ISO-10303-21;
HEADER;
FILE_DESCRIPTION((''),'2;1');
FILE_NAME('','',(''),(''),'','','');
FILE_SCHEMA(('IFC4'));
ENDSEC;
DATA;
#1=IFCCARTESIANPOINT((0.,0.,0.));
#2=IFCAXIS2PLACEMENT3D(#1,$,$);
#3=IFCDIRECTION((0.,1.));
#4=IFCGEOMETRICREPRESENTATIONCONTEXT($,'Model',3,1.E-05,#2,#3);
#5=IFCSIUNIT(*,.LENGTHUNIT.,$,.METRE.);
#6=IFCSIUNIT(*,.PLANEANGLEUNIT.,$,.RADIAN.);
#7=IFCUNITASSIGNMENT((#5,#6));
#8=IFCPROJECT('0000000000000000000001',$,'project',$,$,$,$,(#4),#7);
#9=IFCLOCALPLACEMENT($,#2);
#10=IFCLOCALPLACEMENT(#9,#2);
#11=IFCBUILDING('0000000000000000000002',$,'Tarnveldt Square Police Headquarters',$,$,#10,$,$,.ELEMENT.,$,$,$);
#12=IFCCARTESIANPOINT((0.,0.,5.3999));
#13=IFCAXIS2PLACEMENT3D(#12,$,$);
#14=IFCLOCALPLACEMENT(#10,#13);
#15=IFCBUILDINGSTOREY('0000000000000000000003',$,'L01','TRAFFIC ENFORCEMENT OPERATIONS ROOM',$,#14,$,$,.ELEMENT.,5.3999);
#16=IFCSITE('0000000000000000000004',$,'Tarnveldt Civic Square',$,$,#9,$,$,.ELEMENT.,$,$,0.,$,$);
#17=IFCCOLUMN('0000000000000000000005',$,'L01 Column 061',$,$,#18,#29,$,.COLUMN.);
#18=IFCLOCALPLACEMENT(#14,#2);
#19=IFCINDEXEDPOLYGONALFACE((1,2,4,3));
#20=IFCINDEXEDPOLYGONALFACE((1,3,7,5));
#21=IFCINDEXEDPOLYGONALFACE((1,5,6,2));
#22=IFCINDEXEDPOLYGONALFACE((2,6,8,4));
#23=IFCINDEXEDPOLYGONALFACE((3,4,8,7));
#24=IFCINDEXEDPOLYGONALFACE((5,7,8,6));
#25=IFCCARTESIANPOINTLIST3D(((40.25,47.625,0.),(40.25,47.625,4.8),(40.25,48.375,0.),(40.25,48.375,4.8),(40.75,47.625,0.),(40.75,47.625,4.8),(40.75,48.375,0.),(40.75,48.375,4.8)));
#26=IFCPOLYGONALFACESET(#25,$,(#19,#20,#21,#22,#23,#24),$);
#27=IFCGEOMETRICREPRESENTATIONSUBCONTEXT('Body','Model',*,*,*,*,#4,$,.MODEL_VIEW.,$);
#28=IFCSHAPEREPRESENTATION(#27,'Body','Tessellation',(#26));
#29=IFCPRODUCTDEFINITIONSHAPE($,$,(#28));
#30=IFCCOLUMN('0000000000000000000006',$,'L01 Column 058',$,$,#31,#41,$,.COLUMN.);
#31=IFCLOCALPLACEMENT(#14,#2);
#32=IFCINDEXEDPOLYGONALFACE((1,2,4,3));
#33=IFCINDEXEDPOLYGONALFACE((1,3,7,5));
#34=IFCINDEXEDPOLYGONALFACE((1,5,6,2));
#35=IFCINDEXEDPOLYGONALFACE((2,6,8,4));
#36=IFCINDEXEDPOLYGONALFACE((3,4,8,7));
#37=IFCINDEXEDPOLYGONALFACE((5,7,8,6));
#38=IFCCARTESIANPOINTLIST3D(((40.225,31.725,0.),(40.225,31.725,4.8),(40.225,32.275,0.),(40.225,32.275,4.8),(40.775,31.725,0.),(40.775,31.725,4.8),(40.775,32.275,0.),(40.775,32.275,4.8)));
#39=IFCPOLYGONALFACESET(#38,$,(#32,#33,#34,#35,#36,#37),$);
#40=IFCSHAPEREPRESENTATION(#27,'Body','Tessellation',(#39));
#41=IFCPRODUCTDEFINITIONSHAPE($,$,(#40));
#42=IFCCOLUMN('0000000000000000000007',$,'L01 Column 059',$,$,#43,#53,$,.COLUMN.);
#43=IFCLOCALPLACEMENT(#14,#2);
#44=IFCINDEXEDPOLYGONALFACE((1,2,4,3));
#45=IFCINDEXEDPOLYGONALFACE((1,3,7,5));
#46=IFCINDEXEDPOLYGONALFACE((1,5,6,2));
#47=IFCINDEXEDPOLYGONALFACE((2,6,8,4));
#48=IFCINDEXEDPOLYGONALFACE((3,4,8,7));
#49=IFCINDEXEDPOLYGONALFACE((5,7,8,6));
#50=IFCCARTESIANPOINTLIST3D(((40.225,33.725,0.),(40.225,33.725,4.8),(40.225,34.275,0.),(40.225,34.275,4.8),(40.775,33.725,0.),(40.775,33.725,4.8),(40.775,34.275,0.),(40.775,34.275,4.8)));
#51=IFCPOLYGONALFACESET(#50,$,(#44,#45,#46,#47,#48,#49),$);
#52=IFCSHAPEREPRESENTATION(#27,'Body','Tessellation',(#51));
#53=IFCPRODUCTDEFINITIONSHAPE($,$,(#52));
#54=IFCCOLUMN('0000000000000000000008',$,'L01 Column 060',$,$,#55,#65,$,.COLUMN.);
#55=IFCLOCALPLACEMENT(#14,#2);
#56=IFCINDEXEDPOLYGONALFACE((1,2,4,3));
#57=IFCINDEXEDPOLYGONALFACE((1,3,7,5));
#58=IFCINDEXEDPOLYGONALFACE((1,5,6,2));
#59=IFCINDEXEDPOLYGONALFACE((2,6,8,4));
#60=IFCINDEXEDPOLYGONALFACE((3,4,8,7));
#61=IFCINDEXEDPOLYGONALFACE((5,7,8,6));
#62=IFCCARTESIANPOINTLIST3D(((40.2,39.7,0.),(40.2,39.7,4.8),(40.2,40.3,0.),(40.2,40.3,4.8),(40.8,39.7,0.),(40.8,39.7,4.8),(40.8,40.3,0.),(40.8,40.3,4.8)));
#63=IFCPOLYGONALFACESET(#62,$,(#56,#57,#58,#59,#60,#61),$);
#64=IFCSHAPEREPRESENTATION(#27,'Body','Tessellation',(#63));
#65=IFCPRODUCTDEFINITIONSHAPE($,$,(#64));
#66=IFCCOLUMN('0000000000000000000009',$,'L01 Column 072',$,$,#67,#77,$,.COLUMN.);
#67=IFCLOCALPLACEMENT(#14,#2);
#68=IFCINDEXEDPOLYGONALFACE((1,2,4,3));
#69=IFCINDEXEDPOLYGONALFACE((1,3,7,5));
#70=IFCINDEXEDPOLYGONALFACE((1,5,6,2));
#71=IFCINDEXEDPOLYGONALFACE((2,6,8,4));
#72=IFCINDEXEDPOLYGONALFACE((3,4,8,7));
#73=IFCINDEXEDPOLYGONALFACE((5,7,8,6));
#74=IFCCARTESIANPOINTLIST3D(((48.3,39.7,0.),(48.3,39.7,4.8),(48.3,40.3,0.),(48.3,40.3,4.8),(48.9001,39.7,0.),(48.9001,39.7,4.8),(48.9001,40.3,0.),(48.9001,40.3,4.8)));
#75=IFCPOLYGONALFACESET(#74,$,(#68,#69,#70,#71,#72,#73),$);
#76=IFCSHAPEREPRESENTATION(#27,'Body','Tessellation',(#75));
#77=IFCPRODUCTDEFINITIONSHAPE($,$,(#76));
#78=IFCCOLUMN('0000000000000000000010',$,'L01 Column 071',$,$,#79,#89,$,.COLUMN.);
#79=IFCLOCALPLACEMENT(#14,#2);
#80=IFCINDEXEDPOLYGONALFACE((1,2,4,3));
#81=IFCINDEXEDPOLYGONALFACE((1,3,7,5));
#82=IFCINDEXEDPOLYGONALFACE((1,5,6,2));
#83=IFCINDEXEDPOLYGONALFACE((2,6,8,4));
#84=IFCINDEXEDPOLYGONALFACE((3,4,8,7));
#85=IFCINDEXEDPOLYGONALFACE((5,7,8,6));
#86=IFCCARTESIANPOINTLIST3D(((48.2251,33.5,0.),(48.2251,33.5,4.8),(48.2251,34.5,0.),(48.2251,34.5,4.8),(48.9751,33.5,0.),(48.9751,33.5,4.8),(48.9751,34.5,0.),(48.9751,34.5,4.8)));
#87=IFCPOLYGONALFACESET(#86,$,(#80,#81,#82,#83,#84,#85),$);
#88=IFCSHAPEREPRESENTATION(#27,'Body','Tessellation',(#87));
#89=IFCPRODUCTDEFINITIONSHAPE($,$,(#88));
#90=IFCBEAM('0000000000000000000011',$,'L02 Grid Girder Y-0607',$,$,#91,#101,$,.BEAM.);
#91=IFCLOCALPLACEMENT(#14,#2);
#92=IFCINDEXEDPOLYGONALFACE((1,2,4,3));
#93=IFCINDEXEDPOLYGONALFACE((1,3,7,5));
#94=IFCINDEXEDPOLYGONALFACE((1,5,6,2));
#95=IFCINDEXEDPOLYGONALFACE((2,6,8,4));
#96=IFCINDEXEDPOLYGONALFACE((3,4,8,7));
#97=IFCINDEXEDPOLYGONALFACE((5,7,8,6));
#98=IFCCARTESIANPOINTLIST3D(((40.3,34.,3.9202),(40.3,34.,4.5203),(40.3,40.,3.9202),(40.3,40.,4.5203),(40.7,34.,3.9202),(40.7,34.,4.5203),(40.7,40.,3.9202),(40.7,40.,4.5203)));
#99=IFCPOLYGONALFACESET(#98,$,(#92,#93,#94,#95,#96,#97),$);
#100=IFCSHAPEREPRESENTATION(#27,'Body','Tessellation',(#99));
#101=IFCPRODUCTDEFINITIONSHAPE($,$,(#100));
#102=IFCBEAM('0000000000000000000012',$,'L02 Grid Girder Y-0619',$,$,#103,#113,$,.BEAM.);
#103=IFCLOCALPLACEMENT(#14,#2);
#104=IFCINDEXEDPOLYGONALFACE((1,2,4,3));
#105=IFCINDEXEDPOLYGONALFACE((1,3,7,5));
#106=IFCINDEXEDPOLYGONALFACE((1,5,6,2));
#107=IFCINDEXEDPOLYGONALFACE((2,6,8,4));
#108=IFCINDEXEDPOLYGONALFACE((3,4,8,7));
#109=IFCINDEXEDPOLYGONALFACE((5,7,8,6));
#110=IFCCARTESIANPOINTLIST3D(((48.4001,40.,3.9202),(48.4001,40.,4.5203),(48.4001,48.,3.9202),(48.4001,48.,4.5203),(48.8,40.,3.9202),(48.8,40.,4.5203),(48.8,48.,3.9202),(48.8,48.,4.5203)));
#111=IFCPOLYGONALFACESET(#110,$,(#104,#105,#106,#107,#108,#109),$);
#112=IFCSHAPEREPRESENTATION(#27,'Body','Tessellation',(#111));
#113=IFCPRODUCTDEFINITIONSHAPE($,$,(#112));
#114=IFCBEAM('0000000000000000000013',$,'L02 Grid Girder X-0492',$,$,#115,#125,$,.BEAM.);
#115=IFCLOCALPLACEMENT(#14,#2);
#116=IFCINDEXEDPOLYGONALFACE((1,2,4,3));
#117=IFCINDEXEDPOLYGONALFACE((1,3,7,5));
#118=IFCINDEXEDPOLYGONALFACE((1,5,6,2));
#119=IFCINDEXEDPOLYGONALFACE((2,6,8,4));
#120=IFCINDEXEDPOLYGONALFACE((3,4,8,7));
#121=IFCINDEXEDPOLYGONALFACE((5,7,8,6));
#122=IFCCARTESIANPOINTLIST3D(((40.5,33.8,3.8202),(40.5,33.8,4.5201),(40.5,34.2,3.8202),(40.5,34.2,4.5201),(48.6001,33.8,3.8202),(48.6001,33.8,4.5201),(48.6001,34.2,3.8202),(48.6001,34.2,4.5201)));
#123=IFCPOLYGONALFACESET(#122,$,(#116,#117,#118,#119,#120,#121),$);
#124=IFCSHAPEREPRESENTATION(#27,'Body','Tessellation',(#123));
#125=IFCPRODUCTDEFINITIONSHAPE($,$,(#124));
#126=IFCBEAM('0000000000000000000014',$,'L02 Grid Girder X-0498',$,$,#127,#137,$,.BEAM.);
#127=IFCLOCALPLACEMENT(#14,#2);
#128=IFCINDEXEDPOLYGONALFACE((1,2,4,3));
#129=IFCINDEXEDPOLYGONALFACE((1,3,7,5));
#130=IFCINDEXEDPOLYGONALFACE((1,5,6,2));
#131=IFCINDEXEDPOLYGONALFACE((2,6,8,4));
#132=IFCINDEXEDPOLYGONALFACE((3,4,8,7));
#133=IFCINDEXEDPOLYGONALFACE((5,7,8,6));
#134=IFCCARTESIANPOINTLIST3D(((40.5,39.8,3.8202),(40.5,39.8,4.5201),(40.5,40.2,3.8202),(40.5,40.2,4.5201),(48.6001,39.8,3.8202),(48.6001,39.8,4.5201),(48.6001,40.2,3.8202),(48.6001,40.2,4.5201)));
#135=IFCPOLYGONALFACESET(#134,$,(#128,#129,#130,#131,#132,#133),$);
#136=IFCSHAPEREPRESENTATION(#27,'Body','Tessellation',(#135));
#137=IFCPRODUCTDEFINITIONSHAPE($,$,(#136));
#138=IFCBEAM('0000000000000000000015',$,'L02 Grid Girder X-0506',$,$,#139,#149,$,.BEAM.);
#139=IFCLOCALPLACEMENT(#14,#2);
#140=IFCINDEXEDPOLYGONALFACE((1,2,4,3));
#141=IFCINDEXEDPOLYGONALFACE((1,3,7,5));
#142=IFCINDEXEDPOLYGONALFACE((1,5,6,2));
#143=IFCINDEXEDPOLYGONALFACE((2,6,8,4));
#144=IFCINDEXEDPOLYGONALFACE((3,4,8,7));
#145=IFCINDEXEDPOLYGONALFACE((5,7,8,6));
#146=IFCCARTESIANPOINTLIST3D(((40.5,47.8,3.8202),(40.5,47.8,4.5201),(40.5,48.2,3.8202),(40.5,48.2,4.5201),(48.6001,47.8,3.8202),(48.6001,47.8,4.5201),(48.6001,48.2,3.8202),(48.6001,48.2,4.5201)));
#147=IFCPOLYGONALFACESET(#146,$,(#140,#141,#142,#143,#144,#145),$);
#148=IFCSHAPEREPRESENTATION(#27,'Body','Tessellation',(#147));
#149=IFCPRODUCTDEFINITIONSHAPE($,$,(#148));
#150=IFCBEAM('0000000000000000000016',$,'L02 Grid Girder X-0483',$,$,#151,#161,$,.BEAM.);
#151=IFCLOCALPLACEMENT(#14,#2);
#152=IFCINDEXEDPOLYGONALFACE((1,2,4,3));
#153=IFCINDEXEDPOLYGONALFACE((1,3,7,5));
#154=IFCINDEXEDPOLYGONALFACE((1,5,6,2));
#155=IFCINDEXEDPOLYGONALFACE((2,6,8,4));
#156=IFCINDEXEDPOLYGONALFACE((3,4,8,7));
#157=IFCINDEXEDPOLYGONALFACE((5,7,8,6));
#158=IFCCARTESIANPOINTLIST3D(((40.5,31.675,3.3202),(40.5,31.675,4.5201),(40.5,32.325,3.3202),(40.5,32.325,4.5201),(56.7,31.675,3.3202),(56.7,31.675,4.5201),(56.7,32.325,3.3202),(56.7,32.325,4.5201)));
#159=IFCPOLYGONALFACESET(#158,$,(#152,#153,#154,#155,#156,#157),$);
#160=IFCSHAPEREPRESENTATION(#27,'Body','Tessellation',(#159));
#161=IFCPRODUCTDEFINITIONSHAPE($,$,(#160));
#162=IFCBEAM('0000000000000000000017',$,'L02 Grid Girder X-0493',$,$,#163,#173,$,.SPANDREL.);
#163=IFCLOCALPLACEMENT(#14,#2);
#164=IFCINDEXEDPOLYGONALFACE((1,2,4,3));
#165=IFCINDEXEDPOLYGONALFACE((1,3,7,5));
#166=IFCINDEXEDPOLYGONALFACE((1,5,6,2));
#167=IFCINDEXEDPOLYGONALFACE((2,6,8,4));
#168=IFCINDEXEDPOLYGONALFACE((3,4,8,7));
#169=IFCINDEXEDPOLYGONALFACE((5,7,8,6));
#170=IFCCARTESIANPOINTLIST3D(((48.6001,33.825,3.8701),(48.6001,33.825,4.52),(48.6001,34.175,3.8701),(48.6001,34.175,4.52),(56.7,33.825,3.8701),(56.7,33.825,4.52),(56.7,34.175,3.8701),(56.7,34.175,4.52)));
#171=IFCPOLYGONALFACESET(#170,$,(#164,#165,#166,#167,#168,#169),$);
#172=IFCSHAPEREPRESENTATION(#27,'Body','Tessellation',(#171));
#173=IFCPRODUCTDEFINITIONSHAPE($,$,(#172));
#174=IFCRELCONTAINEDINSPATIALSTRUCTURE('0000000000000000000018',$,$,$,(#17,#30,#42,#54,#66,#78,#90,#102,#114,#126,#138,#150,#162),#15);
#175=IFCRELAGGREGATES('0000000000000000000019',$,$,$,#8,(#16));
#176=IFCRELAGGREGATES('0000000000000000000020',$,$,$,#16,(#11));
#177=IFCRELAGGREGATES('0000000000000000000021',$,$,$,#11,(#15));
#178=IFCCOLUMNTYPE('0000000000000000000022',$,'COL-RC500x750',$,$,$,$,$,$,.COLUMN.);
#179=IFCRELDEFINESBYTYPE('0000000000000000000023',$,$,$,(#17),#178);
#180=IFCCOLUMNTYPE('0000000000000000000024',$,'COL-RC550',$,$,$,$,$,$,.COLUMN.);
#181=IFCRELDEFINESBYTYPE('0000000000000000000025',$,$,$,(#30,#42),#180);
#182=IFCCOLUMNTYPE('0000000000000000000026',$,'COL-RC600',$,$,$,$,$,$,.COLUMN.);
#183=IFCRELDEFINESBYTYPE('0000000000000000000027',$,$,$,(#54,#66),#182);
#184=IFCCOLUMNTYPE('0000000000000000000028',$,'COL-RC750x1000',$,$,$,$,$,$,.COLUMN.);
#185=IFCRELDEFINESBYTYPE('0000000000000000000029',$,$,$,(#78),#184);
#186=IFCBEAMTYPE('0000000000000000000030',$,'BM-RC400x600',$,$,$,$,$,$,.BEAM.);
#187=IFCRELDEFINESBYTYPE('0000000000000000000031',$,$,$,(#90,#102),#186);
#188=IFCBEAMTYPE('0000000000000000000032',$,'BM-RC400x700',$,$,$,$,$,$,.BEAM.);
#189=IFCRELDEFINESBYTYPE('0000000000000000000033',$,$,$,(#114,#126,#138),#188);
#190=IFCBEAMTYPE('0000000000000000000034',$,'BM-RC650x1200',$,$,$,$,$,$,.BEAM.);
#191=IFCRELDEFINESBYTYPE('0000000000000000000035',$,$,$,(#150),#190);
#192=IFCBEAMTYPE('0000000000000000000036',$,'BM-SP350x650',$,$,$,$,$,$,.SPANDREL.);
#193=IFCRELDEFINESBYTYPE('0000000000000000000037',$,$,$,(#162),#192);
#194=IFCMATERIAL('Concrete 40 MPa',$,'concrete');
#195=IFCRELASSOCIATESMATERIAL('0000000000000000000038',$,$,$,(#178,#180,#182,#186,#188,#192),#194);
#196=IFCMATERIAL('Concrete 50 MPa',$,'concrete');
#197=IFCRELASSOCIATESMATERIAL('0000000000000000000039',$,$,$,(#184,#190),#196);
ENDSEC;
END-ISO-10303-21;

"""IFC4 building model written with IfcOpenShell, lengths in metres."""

from ifc_helpers import new_model, si_unit, direction, frame, origin, origin_2d, place, context, subcontext, project, spatial, rectangle, extrude, material, material_profile, profile_set, type_object, element, save


model = new_model("IFC4")

# Units and contexts
model_context = context("Model", 3, precision=1e-05, world=origin(), true_north=direction((0.0, 1.0)))
body_context = subcontext(model_context, "Body", "Model", "MODEL_VIEW")
ifc_project = project(units=[si_unit("LENGTHUNIT", "METRE"), si_unit("PLANEANGLEUNIT", "RADIAN")], contexts=[model_context])

# Site, building, storey
site_placement = place(None, origin())
site = spatial("IfcSite", under=ifc_project, at=site_placement, Name="Tarnveldt Civic Square", CompositionType="ELEMENT", RefElevation=0.0)
building_placement = place(site_placement, origin())
building = spatial("IfcBuilding", under=site, at=building_placement, Name="Tarnveldt Square Police Headquarters", CompositionType="ELEMENT")
storey_placement = place(building_placement, frame((0.0, 0.0, 5.3999)))
storey = spatial("IfcBuildingStorey", under=building, at=storey_placement, Name="L01", Description="TRAFFIC ENFORCEMENT OPERATIONS ROOM", CompositionType="ELEMENT", Elevation=5.3999)

# Columns
ifc_material_1 = material(Name="Concrete 40 MPa", Category="concrete")
ifc_material_profile_1 = material_profile(ifc_material_1, rectangle(XDim=0.5, YDim=0.75, at=origin_2d()), Name="RC-C500x750")
ifc_profile_set_1 = profile_set([ifc_material_profile_1], Name="Concrete 40 MPa")
column_type_1 = type_object("IfcColumnType", Name="COL-RC500x750", PredefinedType="COLUMN", material=ifc_profile_set_1)
column_1_placement = place(storey_placement, frame((40.5, 48.0, 0.0), z_axis=(0.0, 0.0, 1.0), x_axis=(1.0, 0.0, 0.0)))
element("IfcColumn", 1, at=column_1_placement, inside=storey, type_object=column_type_1, Name="L01 Column 061", PredefinedType="COLUMN", context=body_context, shape_type="SweptSolid", body=[
    extrude(rectangle(XDim=0.5, YDim=0.75, at=origin_2d()), origin(), (0.0, 0.0, 1.0), 4.8),
])
ifc_material_profile_2 = material_profile(ifc_material_1, rectangle(XDim=0.55, YDim=0.55, at=origin_2d()), Name="RC-C550x550")
ifc_profile_set_2 = profile_set([ifc_material_profile_2], Name="Concrete 40 MPa")
column_type_2 = type_object("IfcColumnType", Name="COL-RC550", PredefinedType="COLUMN", material=ifc_profile_set_2)
for number, where, z_axis, x_axis, name in (
    (2, (40.5, 32.0, 0.0), (0.0, 0.0, 1.0), (1.0, 0.0, 0.0), "L01 Column 058"),
    (3, (40.5, 34.0, 0.0), (0.0, 0.0, 1.0), (1.0, 0.0, 0.0), "L01 Column 059"),
):
    element("IfcColumn", number, at=place(storey_placement, frame(where, z_axis=z_axis, x_axis=x_axis)), inside=storey, type_object=column_type_2, Name=name, PredefinedType="COLUMN", context=body_context, shape_type="SweptSolid", body=[
        extrude(rectangle(XDim=0.55, YDim=0.55, at=origin_2d()), origin(), (0.0, 0.0, 1.0), 4.8),
    ])
ifc_material_profile_3 = material_profile(ifc_material_1, rectangle(XDim=0.6001, YDim=0.6001, at=origin_2d()), Name="RC-C600x600")
ifc_profile_set_3 = profile_set([ifc_material_profile_3], Name="Concrete 40 MPa")
column_type_3 = type_object("IfcColumnType", Name="COL-RC600", PredefinedType="COLUMN", material=ifc_profile_set_3)
for number, where, z_axis, x_axis, name in (
    (4, (40.5, 40.0, 0.0), (0.0, 0.0, 1.0), (1.0, 0.0, 0.0), "L01 Column 060"),
    (5, (48.6001, 40.0, 0.0), (0.0, 0.0, 1.0), (1.0, 0.0, 0.0), "L01 Column 072"),
):
    element("IfcColumn", number, at=place(storey_placement, frame(where, z_axis=z_axis, x_axis=x_axis)), inside=storey, type_object=column_type_3, Name=name, PredefinedType="COLUMN", context=body_context, shape_type="SweptSolid", body=[
        extrude(rectangle(XDim=0.6001, YDim=0.6001, at=origin_2d()), origin(), (0.0, 0.0, 1.0), 4.8),
    ])
ifc_material_2 = material(Name="Concrete 50 MPa", Category="concrete")
ifc_material_profile_4 = material_profile(ifc_material_2, rectangle(XDim=0.75, YDim=1.0, at=origin_2d()), Name="RC-C750x1000")
ifc_profile_set_4 = profile_set([ifc_material_profile_4], Name="Concrete 50 MPa")
column_type_4 = type_object("IfcColumnType", Name="COL-RC750x1000", PredefinedType="COLUMN", material=ifc_profile_set_4)
column_2_placement = place(storey_placement, frame((48.6001, 34.0, 0.0), z_axis=(0.0, 0.0, 1.0), x_axis=(1.0, 0.0, 0.0)))
element("IfcColumn", 6, at=column_2_placement, inside=storey, type_object=column_type_4, Name="L01 Column 071", PredefinedType="COLUMN", context=body_context, shape_type="SweptSolid", body=[
    extrude(rectangle(XDim=0.75, YDim=1.0, at=origin_2d()), origin(), (0.0, 0.0, 1.0), 4.8),
])

# Beams
ifc_material_profile_5 = material_profile(ifc_material_1, rectangle(XDim=0.3999, YDim=0.6001, at=origin_2d()), Name="RC-B400x600")
ifc_profile_set_5 = profile_set([ifc_material_profile_5], Name="Concrete 40 MPa")
beam_type_1 = type_object("IfcBeamType", Name="BM-RC400x600", PredefinedType="BEAM", material=ifc_profile_set_5)
beam_1_placement = place(storey_placement, frame((40.5, 34.0, 4.2202), z_axis=(0.0, 1.0, 0.0), x_axis=(-1.0, 0.0, 0.0)))
element("IfcBeam", 7, at=beam_1_placement, inside=storey, type_object=beam_type_1, Name="L02 Grid Girder Y-0607", PredefinedType="BEAM", context=body_context, shape_type="SweptSolid", body=[
    extrude(rectangle(XDim=0.3999, YDim=0.6001, at=origin_2d()), origin(), (0.0, 0.0, 1.0), 6.0),
])
beam_2_placement = place(storey_placement, frame((48.6001, 40.0, 4.2202), z_axis=(0.0, 1.0, 0.0), x_axis=(-1.0, 0.0, 0.0)))
element("IfcBeam", 8, at=beam_2_placement, inside=storey, type_object=beam_type_1, Name="L02 Grid Girder Y-0619", PredefinedType="BEAM", context=body_context, shape_type="SweptSolid", body=[
    extrude(rectangle(XDim=0.3999, YDim=0.6001, at=origin_2d()), origin(), (0.0, 0.0, 1.0), 8.0),
])
ifc_material_profile_6 = material_profile(ifc_material_1, rectangle(XDim=0.3999, YDim=0.7, at=origin_2d()), Name="RC-B400x700")
ifc_profile_set_6 = profile_set([ifc_material_profile_6], Name="Concrete 40 MPa")
beam_type_2 = type_object("IfcBeamType", Name="BM-RC400x700", PredefinedType="BEAM", material=ifc_profile_set_6)
for number, where, z_axis, x_axis, name in (
    (9, (40.5, 34.0, 4.1702), (1.0, 0.0, 0.0), (0.0, 1.0, 0.0), "L02 Grid Girder X-0492"),
    (10, (40.5, 40.0, 4.1702), (1.0, 0.0, 0.0), (0.0, 1.0, 0.0), "L02 Grid Girder X-0498"),
    (11, (40.5, 48.0, 4.1702), (1.0, 0.0, 0.0), (0.0, 1.0, 0.0), "L02 Grid Girder X-0506"),
):
    element("IfcBeam", number, at=place(storey_placement, frame(where, z_axis=z_axis, x_axis=x_axis)), inside=storey, type_object=beam_type_2, Name=name, PredefinedType="BEAM", context=body_context, shape_type="SweptSolid", body=[
        extrude(rectangle(XDim=0.3999, YDim=0.7, at=origin_2d()), origin(), (0.0, 0.0, 1.0), 8.1001),
    ])
ifc_material_profile_7 = material_profile(ifc_material_2, rectangle(XDim=0.6499, YDim=1.2, at=origin_2d()), Name="RC-B650x1200")
ifc_profile_set_7 = profile_set([ifc_material_profile_7], Name="Concrete 50 MPa")
beam_type_3 = type_object("IfcBeamType", Name="BM-RC650x1200", PredefinedType="BEAM", material=ifc_profile_set_7)
beam_3_placement = place(storey_placement, frame((40.5, 32.0, 3.9202), z_axis=(1.0, 0.0, 0.0), x_axis=(0.0, 1.0, 0.0)))
element("IfcBeam", 12, at=beam_3_placement, inside=storey, type_object=beam_type_3, Name="L02 Grid Girder X-0483", PredefinedType="BEAM", context=body_context, shape_type="SweptSolid", body=[
    extrude(rectangle(XDim=0.6499, YDim=1.2, at=origin_2d()), origin(), (0.0, 0.0, 1.0), 16.2),
])
ifc_material_profile_8 = material_profile(ifc_material_1, rectangle(XDim=0.3501, YDim=0.6499, at=origin_2d()), Name="RC-SP350x650")
ifc_profile_set_8 = profile_set([ifc_material_profile_8], Name="Concrete 40 MPa")
beam_type_4 = type_object("IfcBeamType", Name="BM-SP350x650", PredefinedType="SPANDREL", material=ifc_profile_set_8)
beam_4_placement = place(storey_placement, frame((48.6001, 34.0, 4.1951), z_axis=(1.0, 0.0, 0.0), x_axis=(0.0, 1.0, 0.0)))
element("IfcBeam", 13, at=beam_4_placement, inside=storey, type_object=beam_type_4, Name="L02 Grid Girder X-0493", PredefinedType="SPANDREL", context=body_context, shape_type="SweptSolid", body=[
    extrude(rectangle(XDim=0.3501, YDim=0.6499, at=origin_2d()), origin(), (0.0, 0.0, 1.0), 8.0999),
])

save(model, "model.ifc")
